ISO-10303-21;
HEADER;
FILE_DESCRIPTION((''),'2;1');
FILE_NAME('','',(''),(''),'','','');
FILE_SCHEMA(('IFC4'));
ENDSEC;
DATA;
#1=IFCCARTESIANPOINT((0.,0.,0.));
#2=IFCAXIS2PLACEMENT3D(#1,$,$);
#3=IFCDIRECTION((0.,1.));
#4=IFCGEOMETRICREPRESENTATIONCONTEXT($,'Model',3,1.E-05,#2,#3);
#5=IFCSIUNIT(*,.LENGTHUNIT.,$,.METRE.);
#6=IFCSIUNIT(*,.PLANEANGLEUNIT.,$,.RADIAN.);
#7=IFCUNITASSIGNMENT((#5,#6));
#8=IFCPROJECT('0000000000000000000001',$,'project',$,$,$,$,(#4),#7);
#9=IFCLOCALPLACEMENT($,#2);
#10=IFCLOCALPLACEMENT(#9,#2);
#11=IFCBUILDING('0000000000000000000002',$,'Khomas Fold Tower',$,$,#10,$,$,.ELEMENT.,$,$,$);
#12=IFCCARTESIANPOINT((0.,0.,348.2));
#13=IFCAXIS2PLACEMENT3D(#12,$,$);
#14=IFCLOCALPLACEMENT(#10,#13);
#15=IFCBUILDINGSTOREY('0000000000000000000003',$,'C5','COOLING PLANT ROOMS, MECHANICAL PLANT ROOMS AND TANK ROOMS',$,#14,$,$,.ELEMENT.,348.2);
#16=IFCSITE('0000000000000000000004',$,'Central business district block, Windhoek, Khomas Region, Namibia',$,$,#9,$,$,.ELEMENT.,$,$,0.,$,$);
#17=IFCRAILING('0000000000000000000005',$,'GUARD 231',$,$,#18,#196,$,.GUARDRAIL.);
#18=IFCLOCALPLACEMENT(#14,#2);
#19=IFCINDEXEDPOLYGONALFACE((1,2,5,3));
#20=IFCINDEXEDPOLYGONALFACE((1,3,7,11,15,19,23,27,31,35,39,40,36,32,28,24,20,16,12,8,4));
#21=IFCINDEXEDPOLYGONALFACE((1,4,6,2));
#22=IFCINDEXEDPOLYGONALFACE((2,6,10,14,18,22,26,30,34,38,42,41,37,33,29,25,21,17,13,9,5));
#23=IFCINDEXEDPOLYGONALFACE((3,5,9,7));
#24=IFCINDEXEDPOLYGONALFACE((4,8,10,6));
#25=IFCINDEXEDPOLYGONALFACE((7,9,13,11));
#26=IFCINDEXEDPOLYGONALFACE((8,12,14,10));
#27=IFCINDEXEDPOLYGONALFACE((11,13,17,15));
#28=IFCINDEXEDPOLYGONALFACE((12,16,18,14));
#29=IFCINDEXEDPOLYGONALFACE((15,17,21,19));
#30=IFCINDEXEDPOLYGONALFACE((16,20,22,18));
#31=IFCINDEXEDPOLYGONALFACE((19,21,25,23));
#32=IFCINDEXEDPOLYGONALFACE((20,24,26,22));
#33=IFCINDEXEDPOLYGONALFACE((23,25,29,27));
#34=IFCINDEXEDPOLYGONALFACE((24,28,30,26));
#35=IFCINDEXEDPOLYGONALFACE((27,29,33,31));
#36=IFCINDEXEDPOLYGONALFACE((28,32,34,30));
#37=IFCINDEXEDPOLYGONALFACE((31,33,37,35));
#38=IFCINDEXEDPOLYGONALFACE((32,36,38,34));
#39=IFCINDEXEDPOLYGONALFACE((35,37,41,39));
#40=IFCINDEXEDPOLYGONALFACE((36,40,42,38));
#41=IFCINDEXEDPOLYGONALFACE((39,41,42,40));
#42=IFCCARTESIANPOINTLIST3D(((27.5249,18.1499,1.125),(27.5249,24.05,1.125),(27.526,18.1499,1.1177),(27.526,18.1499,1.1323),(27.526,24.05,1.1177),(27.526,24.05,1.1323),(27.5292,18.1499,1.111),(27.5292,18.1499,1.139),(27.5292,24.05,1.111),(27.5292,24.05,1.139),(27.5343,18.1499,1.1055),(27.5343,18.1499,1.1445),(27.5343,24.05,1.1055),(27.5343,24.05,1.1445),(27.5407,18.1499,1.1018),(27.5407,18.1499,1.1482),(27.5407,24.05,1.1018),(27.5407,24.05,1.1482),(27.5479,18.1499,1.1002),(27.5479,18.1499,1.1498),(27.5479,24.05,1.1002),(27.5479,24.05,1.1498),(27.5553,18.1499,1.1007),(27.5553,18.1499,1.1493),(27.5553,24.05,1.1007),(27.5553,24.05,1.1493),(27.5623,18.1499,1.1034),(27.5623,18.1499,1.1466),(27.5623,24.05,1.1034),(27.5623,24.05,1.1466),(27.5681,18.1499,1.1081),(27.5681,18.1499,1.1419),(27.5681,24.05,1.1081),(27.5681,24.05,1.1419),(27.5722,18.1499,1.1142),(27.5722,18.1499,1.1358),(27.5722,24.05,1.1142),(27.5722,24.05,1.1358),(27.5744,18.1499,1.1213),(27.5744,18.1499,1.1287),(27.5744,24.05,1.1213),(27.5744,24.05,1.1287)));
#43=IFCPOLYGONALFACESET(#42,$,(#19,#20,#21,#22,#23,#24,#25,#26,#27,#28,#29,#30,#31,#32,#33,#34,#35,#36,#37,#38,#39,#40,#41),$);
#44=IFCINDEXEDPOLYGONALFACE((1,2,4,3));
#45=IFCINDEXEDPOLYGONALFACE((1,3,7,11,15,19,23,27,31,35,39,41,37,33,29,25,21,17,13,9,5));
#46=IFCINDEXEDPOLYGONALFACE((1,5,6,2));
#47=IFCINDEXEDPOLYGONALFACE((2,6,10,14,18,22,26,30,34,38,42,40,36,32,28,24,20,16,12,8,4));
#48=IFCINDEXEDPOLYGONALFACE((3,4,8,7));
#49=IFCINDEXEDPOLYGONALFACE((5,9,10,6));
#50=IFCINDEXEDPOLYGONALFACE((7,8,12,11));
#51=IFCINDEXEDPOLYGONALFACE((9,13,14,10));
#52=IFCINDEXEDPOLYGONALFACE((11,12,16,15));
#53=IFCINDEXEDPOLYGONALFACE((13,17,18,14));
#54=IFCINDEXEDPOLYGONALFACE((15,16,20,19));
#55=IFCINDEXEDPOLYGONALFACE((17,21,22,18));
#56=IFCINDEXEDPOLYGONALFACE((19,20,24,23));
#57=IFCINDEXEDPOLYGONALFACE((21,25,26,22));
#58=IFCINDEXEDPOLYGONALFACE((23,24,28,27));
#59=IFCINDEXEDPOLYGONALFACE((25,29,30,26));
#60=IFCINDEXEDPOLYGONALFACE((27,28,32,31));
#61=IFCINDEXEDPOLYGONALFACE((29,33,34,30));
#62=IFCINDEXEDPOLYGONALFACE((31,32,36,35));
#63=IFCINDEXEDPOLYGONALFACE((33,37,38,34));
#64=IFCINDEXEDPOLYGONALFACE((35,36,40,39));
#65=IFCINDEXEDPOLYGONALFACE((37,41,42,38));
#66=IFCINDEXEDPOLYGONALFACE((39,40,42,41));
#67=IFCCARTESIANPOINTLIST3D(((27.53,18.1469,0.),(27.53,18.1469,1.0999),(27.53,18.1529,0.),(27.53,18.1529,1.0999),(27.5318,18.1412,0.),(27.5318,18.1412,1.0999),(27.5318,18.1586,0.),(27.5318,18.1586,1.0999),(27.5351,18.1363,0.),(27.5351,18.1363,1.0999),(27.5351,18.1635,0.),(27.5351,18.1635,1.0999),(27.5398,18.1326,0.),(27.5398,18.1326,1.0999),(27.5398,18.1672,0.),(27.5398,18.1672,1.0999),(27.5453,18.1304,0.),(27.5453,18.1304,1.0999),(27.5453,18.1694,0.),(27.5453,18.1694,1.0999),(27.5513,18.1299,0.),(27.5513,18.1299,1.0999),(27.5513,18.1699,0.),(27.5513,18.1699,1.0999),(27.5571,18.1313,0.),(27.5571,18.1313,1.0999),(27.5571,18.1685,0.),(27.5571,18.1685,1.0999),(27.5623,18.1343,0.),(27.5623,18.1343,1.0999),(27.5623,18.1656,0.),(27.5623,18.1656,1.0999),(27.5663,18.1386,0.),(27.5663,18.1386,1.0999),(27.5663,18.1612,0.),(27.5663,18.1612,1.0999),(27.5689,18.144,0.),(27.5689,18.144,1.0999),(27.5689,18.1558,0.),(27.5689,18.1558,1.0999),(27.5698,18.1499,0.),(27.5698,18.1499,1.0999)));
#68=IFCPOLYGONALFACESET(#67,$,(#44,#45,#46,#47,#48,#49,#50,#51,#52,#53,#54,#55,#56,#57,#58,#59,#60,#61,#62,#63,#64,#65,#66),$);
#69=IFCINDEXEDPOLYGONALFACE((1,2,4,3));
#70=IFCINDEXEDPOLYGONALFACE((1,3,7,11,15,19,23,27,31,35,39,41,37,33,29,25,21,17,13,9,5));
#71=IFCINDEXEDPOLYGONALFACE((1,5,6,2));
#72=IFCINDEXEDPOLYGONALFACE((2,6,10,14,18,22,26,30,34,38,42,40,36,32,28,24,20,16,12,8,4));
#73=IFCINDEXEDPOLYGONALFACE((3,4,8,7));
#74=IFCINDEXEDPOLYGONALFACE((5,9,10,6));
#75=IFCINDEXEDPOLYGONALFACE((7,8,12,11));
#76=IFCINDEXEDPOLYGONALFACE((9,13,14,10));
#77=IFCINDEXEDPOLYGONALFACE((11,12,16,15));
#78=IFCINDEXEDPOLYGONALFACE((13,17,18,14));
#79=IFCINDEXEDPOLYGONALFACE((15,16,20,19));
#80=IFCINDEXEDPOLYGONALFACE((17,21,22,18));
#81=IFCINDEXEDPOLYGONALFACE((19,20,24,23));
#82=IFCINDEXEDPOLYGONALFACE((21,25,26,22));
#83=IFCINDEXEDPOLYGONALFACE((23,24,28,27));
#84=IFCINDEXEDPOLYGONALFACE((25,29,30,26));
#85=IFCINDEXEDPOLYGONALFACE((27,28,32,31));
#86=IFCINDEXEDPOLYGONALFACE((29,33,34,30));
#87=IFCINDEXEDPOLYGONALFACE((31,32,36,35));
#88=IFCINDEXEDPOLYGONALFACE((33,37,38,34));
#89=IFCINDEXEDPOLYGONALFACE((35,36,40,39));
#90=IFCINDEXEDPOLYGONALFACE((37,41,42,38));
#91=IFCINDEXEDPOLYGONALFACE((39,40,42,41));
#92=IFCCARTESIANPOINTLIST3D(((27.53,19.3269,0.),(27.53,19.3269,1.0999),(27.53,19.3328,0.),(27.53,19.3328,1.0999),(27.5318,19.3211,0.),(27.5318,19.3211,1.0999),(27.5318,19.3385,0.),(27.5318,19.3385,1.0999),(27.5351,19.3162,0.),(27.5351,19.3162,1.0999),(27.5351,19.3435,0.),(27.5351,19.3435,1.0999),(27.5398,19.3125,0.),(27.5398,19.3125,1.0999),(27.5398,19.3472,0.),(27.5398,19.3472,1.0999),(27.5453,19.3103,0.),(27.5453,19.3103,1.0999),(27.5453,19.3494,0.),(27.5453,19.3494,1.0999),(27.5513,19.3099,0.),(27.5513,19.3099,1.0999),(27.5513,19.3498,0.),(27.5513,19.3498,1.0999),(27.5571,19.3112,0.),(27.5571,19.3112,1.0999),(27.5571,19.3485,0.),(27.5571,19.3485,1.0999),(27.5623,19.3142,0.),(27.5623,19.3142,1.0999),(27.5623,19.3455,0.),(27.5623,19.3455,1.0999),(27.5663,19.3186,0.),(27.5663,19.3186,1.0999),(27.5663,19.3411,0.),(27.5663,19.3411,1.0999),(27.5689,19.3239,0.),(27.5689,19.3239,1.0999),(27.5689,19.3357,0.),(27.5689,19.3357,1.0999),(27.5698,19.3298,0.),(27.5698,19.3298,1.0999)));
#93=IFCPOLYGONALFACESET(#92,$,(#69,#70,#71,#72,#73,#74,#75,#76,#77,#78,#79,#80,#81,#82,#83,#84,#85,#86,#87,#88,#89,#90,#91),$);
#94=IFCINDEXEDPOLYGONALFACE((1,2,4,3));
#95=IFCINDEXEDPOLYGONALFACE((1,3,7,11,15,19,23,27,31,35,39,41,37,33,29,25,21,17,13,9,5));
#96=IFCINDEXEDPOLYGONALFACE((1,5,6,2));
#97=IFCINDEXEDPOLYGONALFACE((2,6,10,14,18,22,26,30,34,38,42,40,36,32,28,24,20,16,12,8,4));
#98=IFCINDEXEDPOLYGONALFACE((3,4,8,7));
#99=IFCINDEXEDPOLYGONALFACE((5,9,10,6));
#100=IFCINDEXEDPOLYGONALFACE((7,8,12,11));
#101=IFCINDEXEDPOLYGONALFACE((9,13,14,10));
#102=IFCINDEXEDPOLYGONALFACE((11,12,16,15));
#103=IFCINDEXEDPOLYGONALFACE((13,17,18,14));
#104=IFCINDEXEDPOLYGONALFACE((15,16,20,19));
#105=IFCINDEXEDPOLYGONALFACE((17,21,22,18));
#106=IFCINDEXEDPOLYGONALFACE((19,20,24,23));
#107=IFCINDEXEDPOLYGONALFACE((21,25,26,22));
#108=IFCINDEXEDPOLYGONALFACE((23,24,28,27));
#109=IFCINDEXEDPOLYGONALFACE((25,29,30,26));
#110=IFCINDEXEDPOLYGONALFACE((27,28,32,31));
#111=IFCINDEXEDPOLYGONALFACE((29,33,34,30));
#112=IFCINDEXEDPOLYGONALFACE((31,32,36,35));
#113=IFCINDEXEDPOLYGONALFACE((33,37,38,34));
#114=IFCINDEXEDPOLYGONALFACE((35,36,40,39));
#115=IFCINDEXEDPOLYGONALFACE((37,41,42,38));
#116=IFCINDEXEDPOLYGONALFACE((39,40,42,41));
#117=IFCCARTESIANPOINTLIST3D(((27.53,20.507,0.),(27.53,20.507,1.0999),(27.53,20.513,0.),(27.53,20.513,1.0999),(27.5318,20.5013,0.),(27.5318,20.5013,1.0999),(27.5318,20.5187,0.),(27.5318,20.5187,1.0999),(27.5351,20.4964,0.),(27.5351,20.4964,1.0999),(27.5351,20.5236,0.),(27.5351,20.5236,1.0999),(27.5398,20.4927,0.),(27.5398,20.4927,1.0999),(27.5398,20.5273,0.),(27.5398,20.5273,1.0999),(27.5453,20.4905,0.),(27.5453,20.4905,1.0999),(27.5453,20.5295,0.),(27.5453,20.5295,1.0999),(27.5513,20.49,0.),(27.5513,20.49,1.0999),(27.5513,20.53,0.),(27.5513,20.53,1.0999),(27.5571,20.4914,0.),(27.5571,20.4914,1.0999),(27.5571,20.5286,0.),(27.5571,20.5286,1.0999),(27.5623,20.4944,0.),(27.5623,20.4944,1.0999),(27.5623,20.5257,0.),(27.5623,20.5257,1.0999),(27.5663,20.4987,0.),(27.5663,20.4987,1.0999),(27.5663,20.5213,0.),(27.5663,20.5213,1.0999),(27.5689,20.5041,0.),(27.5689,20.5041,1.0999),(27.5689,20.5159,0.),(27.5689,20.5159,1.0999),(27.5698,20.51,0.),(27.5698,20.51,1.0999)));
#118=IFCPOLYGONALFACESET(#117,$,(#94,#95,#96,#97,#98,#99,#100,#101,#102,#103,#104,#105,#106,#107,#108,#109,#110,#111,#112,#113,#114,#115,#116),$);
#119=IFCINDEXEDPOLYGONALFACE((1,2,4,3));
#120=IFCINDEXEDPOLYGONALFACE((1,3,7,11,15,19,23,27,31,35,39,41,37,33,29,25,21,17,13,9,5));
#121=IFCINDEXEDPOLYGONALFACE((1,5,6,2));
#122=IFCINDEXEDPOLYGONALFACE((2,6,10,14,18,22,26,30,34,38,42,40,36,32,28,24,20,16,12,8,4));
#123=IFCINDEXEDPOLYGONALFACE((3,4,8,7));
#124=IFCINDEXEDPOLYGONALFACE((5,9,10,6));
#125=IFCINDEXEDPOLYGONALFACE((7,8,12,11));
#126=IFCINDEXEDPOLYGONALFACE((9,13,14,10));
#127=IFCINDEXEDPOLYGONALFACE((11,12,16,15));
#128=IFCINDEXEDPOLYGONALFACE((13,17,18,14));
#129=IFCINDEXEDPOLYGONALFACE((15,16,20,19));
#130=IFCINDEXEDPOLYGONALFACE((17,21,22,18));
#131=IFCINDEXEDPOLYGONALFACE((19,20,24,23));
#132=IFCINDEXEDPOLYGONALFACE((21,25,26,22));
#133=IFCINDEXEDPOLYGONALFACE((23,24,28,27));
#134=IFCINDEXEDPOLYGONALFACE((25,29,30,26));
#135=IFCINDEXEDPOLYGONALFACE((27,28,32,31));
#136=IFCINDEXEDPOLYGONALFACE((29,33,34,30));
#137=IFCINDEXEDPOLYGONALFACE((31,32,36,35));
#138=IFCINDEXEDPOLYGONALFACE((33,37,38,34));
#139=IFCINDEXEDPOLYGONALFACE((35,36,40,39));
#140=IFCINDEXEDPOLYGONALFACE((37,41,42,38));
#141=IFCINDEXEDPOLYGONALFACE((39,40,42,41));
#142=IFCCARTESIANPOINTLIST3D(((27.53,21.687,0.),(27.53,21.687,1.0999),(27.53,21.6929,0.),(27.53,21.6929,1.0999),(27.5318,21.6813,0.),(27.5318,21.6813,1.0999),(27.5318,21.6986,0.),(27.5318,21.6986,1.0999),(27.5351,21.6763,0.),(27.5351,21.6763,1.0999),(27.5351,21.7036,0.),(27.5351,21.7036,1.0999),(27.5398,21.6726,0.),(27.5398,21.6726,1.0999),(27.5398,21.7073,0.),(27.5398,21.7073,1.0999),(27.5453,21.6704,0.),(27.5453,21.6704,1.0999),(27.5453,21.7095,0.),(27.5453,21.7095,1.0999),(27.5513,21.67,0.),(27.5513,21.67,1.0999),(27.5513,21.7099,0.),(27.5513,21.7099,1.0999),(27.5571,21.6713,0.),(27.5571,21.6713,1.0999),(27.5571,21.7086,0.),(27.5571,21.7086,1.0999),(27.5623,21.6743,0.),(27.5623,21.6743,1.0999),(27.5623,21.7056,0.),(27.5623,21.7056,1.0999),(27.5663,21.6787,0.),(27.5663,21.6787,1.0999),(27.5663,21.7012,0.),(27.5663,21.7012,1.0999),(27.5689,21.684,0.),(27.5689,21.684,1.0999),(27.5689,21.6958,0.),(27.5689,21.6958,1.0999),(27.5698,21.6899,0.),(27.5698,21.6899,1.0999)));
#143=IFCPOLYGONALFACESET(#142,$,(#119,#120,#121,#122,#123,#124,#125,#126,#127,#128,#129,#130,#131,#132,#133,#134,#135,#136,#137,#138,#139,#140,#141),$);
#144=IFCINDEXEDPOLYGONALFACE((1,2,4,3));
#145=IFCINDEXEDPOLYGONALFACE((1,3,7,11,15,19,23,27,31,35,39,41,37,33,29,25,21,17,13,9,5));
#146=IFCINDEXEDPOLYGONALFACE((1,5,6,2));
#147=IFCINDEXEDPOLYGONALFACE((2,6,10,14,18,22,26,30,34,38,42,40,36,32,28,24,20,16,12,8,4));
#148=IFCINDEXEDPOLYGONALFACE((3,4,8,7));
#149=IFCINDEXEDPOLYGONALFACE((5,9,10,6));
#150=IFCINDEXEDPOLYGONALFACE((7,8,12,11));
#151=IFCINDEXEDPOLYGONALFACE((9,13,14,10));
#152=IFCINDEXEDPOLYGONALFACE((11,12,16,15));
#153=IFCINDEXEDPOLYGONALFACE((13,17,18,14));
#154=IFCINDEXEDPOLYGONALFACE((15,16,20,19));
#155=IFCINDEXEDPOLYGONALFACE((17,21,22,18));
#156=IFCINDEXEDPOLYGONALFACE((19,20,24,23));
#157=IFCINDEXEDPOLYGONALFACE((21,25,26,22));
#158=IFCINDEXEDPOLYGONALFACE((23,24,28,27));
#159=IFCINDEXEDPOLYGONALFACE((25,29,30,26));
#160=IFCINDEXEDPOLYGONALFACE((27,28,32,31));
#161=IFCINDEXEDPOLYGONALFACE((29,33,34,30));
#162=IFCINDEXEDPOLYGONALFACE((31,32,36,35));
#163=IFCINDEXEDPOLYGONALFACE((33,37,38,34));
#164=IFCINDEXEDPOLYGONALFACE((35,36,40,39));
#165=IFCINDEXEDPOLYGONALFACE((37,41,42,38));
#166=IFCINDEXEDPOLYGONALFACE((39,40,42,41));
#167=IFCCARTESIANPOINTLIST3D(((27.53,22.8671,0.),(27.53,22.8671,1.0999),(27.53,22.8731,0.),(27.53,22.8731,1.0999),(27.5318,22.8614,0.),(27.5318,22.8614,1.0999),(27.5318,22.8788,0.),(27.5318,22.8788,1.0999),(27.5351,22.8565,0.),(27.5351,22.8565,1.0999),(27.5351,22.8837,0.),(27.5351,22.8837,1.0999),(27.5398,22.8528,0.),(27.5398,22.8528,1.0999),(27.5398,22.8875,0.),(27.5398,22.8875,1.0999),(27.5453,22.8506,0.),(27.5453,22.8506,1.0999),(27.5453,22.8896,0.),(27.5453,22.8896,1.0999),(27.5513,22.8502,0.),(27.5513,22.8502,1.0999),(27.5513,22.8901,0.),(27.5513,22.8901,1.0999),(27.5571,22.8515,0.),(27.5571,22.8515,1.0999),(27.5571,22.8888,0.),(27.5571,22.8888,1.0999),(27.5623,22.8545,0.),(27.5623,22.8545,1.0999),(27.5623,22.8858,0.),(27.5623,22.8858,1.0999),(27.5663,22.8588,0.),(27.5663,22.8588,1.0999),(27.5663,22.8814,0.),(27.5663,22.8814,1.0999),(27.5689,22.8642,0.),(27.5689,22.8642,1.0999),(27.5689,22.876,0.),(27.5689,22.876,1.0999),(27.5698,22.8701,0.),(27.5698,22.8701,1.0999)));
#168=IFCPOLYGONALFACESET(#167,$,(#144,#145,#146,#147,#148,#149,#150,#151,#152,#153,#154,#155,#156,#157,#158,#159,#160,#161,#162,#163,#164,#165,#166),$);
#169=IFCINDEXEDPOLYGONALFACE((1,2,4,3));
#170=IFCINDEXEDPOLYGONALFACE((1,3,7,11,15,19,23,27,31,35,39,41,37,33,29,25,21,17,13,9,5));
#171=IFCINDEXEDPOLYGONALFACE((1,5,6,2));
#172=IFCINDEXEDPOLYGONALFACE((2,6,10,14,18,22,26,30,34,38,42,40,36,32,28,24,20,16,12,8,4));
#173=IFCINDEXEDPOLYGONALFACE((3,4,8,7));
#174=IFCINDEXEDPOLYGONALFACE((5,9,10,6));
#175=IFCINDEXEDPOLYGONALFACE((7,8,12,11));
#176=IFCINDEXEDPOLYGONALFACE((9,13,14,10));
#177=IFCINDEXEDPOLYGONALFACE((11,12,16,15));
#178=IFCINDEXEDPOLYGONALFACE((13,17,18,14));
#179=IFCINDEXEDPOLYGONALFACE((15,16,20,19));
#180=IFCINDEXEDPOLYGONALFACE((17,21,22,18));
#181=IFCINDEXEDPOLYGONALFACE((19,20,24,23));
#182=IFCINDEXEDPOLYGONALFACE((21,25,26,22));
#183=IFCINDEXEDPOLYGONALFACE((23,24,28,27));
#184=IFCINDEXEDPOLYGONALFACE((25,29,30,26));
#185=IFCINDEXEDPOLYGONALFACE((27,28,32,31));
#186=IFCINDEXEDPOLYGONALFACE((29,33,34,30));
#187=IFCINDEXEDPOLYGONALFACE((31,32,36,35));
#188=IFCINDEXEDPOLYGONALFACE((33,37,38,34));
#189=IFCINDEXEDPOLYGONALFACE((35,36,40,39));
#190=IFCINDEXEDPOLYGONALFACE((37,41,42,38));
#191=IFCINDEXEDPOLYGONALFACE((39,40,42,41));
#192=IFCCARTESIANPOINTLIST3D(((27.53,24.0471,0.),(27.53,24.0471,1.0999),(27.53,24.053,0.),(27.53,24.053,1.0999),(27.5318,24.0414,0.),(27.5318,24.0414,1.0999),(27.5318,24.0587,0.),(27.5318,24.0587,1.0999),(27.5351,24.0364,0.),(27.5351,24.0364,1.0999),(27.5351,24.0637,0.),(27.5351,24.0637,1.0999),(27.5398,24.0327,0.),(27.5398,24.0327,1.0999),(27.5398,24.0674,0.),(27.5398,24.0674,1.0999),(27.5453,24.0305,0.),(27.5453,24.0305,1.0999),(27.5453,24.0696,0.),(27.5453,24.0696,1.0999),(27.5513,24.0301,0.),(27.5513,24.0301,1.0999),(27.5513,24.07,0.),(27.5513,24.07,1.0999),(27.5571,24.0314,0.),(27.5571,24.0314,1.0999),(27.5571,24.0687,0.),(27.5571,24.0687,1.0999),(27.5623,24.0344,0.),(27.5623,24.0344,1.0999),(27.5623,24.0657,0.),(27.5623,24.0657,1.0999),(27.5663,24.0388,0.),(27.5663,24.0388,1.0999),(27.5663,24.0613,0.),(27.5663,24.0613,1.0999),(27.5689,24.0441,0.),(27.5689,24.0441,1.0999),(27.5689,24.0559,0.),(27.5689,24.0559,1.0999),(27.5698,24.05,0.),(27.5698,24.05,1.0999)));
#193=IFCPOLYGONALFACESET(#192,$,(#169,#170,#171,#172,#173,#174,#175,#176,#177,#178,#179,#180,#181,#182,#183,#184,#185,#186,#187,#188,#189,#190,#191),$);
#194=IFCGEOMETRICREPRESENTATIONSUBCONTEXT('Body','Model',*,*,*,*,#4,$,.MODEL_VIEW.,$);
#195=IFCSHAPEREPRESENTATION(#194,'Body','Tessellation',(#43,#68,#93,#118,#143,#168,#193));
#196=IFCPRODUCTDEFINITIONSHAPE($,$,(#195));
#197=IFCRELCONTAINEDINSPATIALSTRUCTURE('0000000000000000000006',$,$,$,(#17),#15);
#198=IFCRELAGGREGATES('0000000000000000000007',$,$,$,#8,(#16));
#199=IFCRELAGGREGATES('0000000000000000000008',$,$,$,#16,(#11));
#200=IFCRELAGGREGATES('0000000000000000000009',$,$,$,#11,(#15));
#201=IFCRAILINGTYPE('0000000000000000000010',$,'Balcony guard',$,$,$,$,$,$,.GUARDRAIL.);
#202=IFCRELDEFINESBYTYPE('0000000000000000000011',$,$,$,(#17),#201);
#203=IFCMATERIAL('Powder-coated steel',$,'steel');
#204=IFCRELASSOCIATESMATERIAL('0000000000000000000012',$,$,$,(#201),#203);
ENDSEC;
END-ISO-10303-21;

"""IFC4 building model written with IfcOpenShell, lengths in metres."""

from ifc_helpers import new_model, si_unit, direction, frame, origin, origin_2d, place, context, subcontext, project, spatial, circle, extrude, source, transform, mapped, material, type_object, element, save


model = new_model("IFC4")

# Units and contexts
model_context = context("Model", 3, precision=1e-05, world=origin(), true_north=direction((0.0, 1.0)))
body_context = subcontext(model_context, "Body", "Model", "MODEL_VIEW")
ifc_project = project(units=[si_unit("LENGTHUNIT", "METRE"), si_unit("PLANEANGLEUNIT", "RADIAN")], contexts=[model_context])

# Site, building, storey
site_placement = place(None, origin())
site = spatial("IfcSite", under=ifc_project, at=site_placement, Name="Central business district block, Windhoek, Khomas Region, Namibia", CompositionType="ELEMENT", RefElevation=0.0)
building_placement = place(site_placement, origin())
building = spatial("IfcBuilding", under=site, at=building_placement, Name="Khomas Fold Tower", CompositionType="ELEMENT")
storey_placement = place(building_placement, frame((0.0, 0.0, 348.2)))
storey = spatial("IfcBuildingStorey", under=building, at=storey_placement, Name="C5", Description="COOLING PLANT ROOMS, MECHANICAL PLANT ROOMS AND TANK ROOMS", CompositionType="ELEMENT", Elevation=348.2)

# Railing
ifc_material_1 = material(Name="Powder-coated steel", Category="steel")
railing_type_1 = type_object("IfcRailingType", Name="Balcony guard", PredefinedType="GUARDRAIL", material=ifc_material_1)
shared_shape_1 = source(origin(), body_context, "Body", "SweptSolid", [
    extrude(circle(Radius=0.0249, at=origin_2d()), frame((0.0, 0.0, 1.125), z_axis=(0.0, 1.0, 0.0), x_axis=(-1.0, 0.0, 0.0)), (0.0, 0.0, 1.0), 5.9001),
    extrude(circle(Radius=0.02, at=origin_2d()), origin(), (0.0, 0.0, 1.0), 1.0999),
    extrude(circle(Radius=0.02, at=origin_2d()), frame((0.0, 1.1799, 0.0)), (0.0, 0.0, 1.0), 1.0999),
    extrude(circle(Radius=0.02, at=origin_2d()), frame((0.0, 2.3601, 0.0)), (0.0, 0.0, 1.0), 1.0999),
    extrude(circle(Radius=0.02, at=origin_2d()), frame((0.0, 3.54, 0.0)), (0.0, 0.0, 1.0), 1.0999),
    extrude(circle(Radius=0.02, at=origin_2d()), frame((0.0, 4.7202, 0.0)), (0.0, 0.0, 1.0), 1.0999),
    extrude(circle(Radius=0.02, at=origin_2d()), frame((0.0, 5.9001, 0.0)), (0.0, 0.0, 1.0), 1.0999),
])
railing_1_placement = place(storey_placement, frame((27.5498, 18.1499, 0.0)))
element("IfcRailing", 1, at=railing_1_placement, inside=storey, type_object=railing_type_1, Name="GUARD 231", PredefinedType="GUARDRAIL", context=body_context, shape_type="MappedRepresentation", body=[
    mapped(shared_shape_1, transform((0.0, 0.0, 0.0))),
])

save(model, "model.ifc")
